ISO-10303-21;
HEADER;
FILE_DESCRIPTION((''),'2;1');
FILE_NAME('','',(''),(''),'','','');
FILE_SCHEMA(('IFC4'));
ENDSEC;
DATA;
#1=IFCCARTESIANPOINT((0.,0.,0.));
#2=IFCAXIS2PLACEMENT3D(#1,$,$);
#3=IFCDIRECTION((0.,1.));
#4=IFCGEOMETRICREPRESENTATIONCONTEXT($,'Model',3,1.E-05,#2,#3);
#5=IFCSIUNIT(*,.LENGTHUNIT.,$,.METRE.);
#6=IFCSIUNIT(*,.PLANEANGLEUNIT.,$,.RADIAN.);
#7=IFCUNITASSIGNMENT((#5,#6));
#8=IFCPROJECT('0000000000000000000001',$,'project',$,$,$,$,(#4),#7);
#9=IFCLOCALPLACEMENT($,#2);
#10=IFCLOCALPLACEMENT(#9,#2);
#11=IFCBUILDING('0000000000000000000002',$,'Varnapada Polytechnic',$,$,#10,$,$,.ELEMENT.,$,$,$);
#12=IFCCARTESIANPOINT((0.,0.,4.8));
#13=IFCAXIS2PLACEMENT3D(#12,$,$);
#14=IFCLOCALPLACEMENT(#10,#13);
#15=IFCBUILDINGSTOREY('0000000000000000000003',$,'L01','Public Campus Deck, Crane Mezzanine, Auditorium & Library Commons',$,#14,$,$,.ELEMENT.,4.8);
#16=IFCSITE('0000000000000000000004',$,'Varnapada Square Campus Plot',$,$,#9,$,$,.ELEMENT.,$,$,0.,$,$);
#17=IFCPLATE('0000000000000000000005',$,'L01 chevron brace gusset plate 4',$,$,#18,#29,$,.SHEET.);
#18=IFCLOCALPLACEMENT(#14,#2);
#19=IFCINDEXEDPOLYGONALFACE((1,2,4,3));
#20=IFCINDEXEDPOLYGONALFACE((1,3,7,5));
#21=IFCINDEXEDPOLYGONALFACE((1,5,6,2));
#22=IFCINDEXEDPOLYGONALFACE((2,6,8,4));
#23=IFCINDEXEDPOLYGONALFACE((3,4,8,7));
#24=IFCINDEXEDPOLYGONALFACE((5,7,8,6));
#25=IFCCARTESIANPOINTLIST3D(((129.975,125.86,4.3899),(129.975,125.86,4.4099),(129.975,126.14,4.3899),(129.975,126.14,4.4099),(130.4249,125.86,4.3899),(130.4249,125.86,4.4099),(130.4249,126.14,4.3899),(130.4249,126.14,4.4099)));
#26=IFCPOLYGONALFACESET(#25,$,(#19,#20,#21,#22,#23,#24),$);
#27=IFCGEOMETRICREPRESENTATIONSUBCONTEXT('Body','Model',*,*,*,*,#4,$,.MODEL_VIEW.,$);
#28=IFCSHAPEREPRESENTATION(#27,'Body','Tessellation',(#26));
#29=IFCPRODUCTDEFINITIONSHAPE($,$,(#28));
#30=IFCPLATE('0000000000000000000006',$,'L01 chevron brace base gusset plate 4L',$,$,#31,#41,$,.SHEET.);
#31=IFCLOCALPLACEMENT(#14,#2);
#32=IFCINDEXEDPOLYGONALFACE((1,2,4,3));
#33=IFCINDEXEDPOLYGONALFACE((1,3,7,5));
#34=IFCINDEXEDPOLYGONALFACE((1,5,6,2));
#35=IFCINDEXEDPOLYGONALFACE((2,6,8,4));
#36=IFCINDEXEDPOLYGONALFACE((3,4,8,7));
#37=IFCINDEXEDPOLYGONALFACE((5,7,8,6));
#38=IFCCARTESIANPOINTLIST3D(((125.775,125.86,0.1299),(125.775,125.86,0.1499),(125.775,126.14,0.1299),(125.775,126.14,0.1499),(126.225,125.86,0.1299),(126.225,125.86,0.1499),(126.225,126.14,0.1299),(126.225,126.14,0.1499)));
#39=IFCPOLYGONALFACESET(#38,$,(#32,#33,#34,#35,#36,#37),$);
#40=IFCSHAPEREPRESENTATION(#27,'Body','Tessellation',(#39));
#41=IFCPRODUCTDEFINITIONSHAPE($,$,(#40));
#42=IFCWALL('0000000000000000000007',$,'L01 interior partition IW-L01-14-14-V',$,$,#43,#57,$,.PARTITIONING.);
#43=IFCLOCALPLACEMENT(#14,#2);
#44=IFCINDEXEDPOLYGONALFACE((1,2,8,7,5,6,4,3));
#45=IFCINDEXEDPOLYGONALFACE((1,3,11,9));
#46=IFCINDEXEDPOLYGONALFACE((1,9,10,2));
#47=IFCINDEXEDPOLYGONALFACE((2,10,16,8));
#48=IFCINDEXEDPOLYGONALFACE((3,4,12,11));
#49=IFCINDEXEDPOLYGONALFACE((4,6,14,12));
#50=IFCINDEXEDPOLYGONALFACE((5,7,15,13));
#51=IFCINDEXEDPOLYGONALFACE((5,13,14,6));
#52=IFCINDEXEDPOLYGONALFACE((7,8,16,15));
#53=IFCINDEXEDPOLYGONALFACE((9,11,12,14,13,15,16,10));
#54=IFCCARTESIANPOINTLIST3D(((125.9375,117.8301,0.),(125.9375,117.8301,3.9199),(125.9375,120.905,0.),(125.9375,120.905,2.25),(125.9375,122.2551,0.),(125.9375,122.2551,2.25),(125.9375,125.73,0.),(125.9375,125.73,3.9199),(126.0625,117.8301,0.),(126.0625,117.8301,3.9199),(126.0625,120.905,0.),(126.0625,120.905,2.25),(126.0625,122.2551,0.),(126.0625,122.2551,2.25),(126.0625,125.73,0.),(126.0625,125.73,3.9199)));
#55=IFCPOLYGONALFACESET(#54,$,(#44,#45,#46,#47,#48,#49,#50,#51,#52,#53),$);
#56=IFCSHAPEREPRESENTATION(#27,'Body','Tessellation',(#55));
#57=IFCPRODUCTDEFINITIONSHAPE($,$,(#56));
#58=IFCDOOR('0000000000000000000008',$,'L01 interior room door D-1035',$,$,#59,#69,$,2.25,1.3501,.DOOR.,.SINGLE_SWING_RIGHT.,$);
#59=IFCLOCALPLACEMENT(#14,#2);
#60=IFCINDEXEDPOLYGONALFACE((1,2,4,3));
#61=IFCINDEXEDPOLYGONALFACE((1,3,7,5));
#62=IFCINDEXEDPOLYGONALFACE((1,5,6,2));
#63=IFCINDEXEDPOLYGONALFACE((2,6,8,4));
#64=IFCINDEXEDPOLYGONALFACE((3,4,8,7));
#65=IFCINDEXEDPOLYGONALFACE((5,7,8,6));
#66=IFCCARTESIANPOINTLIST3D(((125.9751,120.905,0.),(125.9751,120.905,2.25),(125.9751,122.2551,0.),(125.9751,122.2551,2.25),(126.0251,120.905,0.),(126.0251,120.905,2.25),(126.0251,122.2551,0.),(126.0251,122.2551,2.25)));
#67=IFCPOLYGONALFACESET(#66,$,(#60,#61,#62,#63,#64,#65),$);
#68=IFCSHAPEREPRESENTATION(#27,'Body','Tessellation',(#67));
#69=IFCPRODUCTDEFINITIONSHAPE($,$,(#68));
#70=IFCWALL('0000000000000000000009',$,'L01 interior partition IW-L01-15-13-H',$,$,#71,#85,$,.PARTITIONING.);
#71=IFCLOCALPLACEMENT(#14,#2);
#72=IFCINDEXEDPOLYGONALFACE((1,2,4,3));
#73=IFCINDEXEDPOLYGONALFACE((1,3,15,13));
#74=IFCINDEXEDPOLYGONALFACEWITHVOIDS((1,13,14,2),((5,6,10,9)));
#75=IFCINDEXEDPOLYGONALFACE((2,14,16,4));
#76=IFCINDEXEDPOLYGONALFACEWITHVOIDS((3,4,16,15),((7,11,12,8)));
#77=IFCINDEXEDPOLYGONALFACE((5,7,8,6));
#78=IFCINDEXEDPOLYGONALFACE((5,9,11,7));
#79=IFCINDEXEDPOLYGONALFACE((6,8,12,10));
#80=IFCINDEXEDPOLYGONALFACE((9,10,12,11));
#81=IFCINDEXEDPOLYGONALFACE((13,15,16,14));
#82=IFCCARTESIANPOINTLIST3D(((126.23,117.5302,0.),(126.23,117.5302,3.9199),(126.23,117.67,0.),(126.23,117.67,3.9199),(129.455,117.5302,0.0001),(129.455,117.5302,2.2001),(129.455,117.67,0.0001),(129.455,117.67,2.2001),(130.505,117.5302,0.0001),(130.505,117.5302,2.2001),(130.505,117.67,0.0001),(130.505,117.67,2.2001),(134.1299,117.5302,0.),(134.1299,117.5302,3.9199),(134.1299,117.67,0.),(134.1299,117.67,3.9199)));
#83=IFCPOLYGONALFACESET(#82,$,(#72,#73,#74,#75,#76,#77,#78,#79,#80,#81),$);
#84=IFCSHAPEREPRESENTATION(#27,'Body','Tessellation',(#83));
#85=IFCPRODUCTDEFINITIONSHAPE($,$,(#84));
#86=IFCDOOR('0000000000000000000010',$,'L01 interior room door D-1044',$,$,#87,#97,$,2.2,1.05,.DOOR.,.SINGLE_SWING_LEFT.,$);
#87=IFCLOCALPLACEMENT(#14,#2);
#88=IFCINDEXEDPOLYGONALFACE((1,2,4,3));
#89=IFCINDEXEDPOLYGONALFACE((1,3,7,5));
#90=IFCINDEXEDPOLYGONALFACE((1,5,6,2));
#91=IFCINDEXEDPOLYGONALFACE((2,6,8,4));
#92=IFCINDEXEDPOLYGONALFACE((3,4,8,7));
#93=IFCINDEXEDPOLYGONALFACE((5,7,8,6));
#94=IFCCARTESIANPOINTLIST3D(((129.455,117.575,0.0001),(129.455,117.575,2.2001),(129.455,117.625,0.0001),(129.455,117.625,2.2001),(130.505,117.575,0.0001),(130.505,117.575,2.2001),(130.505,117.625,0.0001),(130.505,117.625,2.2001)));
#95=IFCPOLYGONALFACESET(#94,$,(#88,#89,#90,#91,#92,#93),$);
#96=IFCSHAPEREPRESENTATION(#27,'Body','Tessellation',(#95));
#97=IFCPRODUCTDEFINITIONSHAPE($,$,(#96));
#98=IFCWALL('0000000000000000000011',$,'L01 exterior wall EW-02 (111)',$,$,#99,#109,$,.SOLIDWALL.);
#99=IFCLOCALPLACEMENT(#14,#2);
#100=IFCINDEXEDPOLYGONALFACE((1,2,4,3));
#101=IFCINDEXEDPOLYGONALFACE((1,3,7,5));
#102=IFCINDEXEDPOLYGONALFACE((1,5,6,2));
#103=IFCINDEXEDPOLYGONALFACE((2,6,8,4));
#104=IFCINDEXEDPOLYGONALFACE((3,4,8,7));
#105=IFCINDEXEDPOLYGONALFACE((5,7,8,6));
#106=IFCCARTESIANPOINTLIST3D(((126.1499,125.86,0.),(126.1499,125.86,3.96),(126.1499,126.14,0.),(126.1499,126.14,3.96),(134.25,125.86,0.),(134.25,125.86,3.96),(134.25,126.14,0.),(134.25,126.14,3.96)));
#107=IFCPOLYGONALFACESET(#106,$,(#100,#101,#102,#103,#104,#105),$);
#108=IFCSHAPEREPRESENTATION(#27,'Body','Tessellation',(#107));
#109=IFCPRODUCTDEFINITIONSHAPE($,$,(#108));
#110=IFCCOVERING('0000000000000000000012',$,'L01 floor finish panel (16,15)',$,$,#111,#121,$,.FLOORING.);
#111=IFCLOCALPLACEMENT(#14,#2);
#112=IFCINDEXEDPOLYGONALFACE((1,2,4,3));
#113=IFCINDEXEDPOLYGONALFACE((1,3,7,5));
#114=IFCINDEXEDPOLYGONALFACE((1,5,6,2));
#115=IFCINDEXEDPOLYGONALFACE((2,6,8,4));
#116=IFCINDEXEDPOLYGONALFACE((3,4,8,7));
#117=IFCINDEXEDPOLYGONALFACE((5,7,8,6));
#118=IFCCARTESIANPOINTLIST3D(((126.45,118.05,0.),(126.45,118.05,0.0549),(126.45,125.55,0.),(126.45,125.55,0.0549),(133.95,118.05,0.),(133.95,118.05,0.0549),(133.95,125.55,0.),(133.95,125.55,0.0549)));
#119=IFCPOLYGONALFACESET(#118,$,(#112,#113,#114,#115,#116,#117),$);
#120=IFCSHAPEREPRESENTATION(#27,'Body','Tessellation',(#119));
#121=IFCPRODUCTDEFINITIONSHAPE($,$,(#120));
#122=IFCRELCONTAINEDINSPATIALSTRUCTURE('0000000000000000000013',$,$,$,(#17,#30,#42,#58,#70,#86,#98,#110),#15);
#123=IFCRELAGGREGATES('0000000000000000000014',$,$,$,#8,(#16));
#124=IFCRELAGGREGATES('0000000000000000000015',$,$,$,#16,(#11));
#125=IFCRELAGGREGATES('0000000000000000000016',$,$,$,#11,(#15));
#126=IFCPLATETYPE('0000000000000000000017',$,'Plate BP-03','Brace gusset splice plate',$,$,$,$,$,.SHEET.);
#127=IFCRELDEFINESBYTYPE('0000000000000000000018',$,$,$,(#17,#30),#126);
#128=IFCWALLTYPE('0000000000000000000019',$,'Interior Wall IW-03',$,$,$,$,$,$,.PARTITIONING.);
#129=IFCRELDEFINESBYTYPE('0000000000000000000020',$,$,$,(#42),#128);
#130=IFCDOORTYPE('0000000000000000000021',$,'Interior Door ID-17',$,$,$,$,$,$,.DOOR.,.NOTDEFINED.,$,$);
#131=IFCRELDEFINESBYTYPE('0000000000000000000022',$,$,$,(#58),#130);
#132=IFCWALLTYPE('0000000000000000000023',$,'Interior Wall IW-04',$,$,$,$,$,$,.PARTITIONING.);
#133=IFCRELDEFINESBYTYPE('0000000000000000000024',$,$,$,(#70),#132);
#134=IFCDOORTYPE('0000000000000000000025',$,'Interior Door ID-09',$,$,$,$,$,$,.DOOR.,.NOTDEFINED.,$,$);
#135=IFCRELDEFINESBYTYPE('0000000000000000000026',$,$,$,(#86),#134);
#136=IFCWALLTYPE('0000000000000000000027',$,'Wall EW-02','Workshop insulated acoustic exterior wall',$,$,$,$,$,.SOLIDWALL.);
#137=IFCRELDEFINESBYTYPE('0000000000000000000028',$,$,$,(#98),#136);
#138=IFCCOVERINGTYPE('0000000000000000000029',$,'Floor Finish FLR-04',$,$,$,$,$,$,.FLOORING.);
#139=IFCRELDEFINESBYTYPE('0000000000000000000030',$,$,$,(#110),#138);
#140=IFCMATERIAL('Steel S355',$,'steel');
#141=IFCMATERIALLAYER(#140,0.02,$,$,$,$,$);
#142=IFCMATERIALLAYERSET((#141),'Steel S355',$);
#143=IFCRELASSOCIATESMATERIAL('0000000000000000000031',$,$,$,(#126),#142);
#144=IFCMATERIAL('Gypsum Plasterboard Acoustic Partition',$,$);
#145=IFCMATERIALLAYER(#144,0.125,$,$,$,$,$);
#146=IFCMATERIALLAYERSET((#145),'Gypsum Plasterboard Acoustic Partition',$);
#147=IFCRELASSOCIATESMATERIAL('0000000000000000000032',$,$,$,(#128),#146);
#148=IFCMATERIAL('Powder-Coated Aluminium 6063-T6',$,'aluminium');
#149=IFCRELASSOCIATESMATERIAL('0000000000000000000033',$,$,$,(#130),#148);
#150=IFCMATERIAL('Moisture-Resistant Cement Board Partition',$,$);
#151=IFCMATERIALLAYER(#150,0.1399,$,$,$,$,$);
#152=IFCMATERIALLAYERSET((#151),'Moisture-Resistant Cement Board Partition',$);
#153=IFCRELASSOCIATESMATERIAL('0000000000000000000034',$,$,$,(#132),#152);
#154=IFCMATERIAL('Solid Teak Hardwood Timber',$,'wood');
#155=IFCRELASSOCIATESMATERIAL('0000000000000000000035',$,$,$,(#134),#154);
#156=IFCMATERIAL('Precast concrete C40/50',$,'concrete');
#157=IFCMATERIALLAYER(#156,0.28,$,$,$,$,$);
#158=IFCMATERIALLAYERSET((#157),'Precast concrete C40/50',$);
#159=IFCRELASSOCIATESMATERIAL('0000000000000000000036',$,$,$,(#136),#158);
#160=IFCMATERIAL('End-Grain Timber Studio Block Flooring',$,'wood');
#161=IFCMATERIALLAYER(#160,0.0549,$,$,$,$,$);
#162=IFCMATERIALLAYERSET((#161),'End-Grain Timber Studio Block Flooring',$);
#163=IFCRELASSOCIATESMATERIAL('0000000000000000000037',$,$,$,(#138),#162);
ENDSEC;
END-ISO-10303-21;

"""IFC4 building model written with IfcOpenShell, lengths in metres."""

from ifc_helpers import new_model, si_unit, direction, frame, frame_2d, origin, origin_2d, place, context, subcontext, project, spatial, rectangle, extrude, material, layer, layer_set, type_object, element, fill, save


model = new_model("IFC4")

# Units and contexts
model_context = context("Model", 3, precision=1e-05, world=origin(), true_north=direction((0.0, 1.0)))
body_context = subcontext(model_context, "Body", "Model", "MODEL_VIEW")
ifc_project = project(units=[si_unit("LENGTHUNIT", "METRE"), si_unit("PLANEANGLEUNIT", "RADIAN")], contexts=[model_context])

# Site, building, storey
site_placement = place(None, origin())
site = spatial("IfcSite", under=ifc_project, at=site_placement, Name="Varnapada Square Campus Plot", CompositionType="ELEMENT", RefElevation=0.0)
building_placement = place(site_placement, origin())
building = spatial("IfcBuilding", under=site, at=building_placement, Name="Varnapada Polytechnic", CompositionType="ELEMENT")
storey_placement = place(building_placement, frame((0.0, 0.0, 4.8)))
storey = spatial("IfcBuildingStorey", under=building, at=storey_placement, Name="L01", Description="Public Campus Deck, Crane Mezzanine, Auditorium & Library Commons", CompositionType="ELEMENT", Elevation=4.8)

# Shared definitions
ifc_material_1 = material(Name="Steel S355", Category="steel")

# Plates
ifc_layer_1 = layer(ifc_material_1, 0.02)
ifc_layer_set_1 = layer_set([ifc_layer_1], Name="Steel S355")
plate_type_1 = type_object("IfcPlateType", Name="Plate BP-03", Description="Brace gusset splice plate", PredefinedType="SHEET", material=ifc_layer_set_1)
for number, where, z_axis, x_axis, name in (
    (1, (130.2, 126.0, 4.3899), (0.0, 0.0, 1.0), (1.0, 0.0, 0.0), "L01 chevron brace gusset plate 4"),
    (2, (126.0, 126.0, 0.1299), (0.0, 0.0, 1.0), (1.0, 0.0, 0.0), "L01 chevron brace base gusset plate 4L"),
):
    element("IfcPlate", number, at=place(storey_placement, frame(where, z_axis=z_axis, x_axis=x_axis)), inside=storey, type_object=plate_type_1, Name=name, PredefinedType="SHEET", context=body_context, shape_type="SweptSolid", body=[
        extrude(rectangle(XDim=0.45, YDim=0.28, at=origin_2d()), origin(), (0.0, 0.0, 1.0), 0.02),
    ])

# Walls, openings, doors
ifc_material_2 = material(Name="Gypsum Plasterboard Acoustic Partition")
ifc_layer_2 = layer(ifc_material_2, 0.125)
ifc_layer_set_2 = layer_set([ifc_layer_2], Name="Gypsum Plasterboard Acoustic Partition")
wall_type_1 = type_object("IfcWallType", Name="Interior Wall IW-03", PredefinedType="PARTITIONING", material=ifc_layer_set_2)
wall_1_placement = place(storey_placement, frame((126.0, 117.8301, 0.0), z_axis=(0.0, 0.0, 1.0), x_axis=(0.0, 1.0, 0.0)))
wall_1 = element("IfcWall", 3, at=wall_1_placement, inside=storey, type_object=wall_type_1, Name="L01 interior partition IW-L01-14-14-V", PredefinedType="PARTITIONING", context=body_context, shape_type="SweptSolid", body=[
    extrude(rectangle(XDim=7.8999, YDim=0.125, at=frame_2d((3.95, 0.0))), origin(), (0.0, 0.0, 1.0), 3.9199),
])
opening_1_placement = place(wall_1_placement, frame((3.075, 0.0, 0.0)))
opening_1 = element("IfcOpeningElement", 4, at=opening_1_placement, cuts=wall_1, PredefinedType="OPENING", context=body_context, shape_type="SweptSolid", body=[
    extrude(rectangle(XDim=1.3501, YDim=2.25, at=frame_2d((0.675, 1.125))), frame((0.0, 0.0725, 0.0), z_axis=(0.0, -1.0, 0.0), x_axis=(1.0, 0.0, 0.0)), (0.0, 0.0, 1.0), 0.145),
])
ifc_material_3 = material(Name="Powder-Coated Aluminium 6063-T6", Category="aluminium")
door_type_1 = type_object("IfcDoorType", Name="Interior Door ID-17", OperationType="NOTDEFINED", PredefinedType="DOOR", material=ifc_material_3)
door_1_placement = place(opening_1_placement, origin())
door_1 = element("IfcDoor", 5, at=door_1_placement, inside=storey, type_object=door_type_1, Name="L01 interior room door D-1035", OperationType="SINGLE_SWING_RIGHT", OverallHeight=2.25, OverallWidth=1.3501, PredefinedType="DOOR", context=body_context, shape_type="SweptSolid", body=[
    extrude(rectangle(XDim=1.3501, YDim=2.25, at=frame_2d((0.675, 1.125))), frame((0.0, 0.0249, 0.0), z_axis=(0.0, -1.0, 0.0), x_axis=(1.0, 0.0, 0.0)), (0.0, 0.0, 1.0), 0.05),
])
fill(opening_1, door_1)
ifc_material_4 = material(Name="Moisture-Resistant Cement Board Partition")
ifc_layer_3 = layer(ifc_material_4, 0.1399)
ifc_layer_set_3 = layer_set([ifc_layer_3], Name="Moisture-Resistant Cement Board Partition")
wall_type_2 = type_object("IfcWallType", Name="Interior Wall IW-04", PredefinedType="PARTITIONING", material=ifc_layer_set_3)
wall_2_placement = place(storey_placement, frame((126.23, 117.6001, 0.0), z_axis=(0.0, 0.0, 1.0), x_axis=(1.0, 0.0, 0.0)))
wall_2 = element("IfcWall", 6, at=wall_2_placement, inside=storey, type_object=wall_type_2, Name="L01 interior partition IW-L01-15-13-H", PredefinedType="PARTITIONING", context=body_context, shape_type="SweptSolid", body=[
    extrude(rectangle(XDim=7.8999, YDim=0.1399, at=frame_2d((3.95, 0.0))), origin(), (0.0, 0.0, 1.0), 3.9199),
])
opening_2_placement = place(wall_2_placement, frame((3.2251, 0.0, 0.0)))
opening_2 = element("IfcOpeningElement", 7, at=opening_2_placement, cuts=wall_2, PredefinedType="OPENING", context=body_context, shape_type="SweptSolid", body=[
    extrude(rectangle(XDim=1.05, YDim=2.2, at=frame_2d((0.5249, 1.1001))), frame((0.0, 0.0798, 0.0), z_axis=(0.0, -1.0, 0.0), x_axis=(1.0, 0.0, 0.0)), (0.0, 0.0, 1.0), 0.1599),
])
ifc_material_5 = material(Name="Solid Teak Hardwood Timber", Category="wood")
door_type_2 = type_object("IfcDoorType", Name="Interior Door ID-09", OperationType="NOTDEFINED", PredefinedType="DOOR", material=ifc_material_5)
door_2_placement = place(opening_2_placement, origin())
door_2 = element("IfcDoor", 8, at=door_2_placement, inside=storey, type_object=door_type_2, Name="L01 interior room door D-1044", OperationType="SINGLE_SWING_LEFT", OverallHeight=2.2, OverallWidth=1.05, PredefinedType="DOOR", context=body_context, shape_type="SweptSolid", body=[
    extrude(rectangle(XDim=1.05, YDim=2.2, at=frame_2d((0.5249, 1.1001))), frame((0.0, 0.0249, 0.0), z_axis=(0.0, -1.0, 0.0), x_axis=(1.0, 0.0, 0.0)), (0.0, 0.0, 1.0), 0.05),
])
fill(opening_2, door_2)

# Wall
ifc_material_6 = material(Name="Precast concrete C40/50", Category="concrete")
ifc_layer_4 = layer(ifc_material_6, 0.28)
ifc_layer_set_4 = layer_set([ifc_layer_4], Name="Precast concrete C40/50")
wall_type_3 = type_object("IfcWallType", Name="Wall EW-02", Description="Workshop insulated acoustic exterior wall", PredefinedType="SOLIDWALL", material=ifc_layer_set_4)
wall_3_placement = place(storey_placement, frame((126.1499, 126.0, 0.0), z_axis=(0.0, 0.0, 1.0), x_axis=(1.0, 0.0, 0.0)))
element("IfcWall", 9, at=wall_3_placement, inside=storey, type_object=wall_type_3, Name="L01 exterior wall EW-02 (111)", PredefinedType="SOLIDWALL", context=body_context, shape_type="SweptSolid", body=[
    extrude(rectangle(XDim=8.1001, YDim=0.28, at=frame_2d((4.05, 0.0))), origin(), (0.0, 0.0, 1.0), 3.96),
])

# Covering
ifc_material_7 = material(Name="End-Grain Timber Studio Block Flooring", Category="wood")
ifc_layer_5 = layer(ifc_material_7, 0.0549)
ifc_layer_set_5 = layer_set([ifc_layer_5], Name="End-Grain Timber Studio Block Flooring")
covering_type = type_object("IfcCoveringType", Name="Floor Finish FLR-04", PredefinedType="FLOORING", material=ifc_layer_set_5)
covering_placement = place(storey_placement, frame((130.2, 121.8, 0.0), z_axis=(0.0, 0.0, 1.0), x_axis=(1.0, 0.0, 0.0)))
element("IfcCovering", 10, at=covering_placement, inside=storey, type_object=covering_type, Name="L01 floor finish panel (16,15)", PredefinedType="FLOORING", context=body_context, shape_type="SweptSolid", body=[
    extrude(rectangle(XDim=7.5, YDim=7.5, at=origin_2d()), origin(), (0.0, 0.0, 1.0), 0.0549),
])

save(model, "model.ifc")
